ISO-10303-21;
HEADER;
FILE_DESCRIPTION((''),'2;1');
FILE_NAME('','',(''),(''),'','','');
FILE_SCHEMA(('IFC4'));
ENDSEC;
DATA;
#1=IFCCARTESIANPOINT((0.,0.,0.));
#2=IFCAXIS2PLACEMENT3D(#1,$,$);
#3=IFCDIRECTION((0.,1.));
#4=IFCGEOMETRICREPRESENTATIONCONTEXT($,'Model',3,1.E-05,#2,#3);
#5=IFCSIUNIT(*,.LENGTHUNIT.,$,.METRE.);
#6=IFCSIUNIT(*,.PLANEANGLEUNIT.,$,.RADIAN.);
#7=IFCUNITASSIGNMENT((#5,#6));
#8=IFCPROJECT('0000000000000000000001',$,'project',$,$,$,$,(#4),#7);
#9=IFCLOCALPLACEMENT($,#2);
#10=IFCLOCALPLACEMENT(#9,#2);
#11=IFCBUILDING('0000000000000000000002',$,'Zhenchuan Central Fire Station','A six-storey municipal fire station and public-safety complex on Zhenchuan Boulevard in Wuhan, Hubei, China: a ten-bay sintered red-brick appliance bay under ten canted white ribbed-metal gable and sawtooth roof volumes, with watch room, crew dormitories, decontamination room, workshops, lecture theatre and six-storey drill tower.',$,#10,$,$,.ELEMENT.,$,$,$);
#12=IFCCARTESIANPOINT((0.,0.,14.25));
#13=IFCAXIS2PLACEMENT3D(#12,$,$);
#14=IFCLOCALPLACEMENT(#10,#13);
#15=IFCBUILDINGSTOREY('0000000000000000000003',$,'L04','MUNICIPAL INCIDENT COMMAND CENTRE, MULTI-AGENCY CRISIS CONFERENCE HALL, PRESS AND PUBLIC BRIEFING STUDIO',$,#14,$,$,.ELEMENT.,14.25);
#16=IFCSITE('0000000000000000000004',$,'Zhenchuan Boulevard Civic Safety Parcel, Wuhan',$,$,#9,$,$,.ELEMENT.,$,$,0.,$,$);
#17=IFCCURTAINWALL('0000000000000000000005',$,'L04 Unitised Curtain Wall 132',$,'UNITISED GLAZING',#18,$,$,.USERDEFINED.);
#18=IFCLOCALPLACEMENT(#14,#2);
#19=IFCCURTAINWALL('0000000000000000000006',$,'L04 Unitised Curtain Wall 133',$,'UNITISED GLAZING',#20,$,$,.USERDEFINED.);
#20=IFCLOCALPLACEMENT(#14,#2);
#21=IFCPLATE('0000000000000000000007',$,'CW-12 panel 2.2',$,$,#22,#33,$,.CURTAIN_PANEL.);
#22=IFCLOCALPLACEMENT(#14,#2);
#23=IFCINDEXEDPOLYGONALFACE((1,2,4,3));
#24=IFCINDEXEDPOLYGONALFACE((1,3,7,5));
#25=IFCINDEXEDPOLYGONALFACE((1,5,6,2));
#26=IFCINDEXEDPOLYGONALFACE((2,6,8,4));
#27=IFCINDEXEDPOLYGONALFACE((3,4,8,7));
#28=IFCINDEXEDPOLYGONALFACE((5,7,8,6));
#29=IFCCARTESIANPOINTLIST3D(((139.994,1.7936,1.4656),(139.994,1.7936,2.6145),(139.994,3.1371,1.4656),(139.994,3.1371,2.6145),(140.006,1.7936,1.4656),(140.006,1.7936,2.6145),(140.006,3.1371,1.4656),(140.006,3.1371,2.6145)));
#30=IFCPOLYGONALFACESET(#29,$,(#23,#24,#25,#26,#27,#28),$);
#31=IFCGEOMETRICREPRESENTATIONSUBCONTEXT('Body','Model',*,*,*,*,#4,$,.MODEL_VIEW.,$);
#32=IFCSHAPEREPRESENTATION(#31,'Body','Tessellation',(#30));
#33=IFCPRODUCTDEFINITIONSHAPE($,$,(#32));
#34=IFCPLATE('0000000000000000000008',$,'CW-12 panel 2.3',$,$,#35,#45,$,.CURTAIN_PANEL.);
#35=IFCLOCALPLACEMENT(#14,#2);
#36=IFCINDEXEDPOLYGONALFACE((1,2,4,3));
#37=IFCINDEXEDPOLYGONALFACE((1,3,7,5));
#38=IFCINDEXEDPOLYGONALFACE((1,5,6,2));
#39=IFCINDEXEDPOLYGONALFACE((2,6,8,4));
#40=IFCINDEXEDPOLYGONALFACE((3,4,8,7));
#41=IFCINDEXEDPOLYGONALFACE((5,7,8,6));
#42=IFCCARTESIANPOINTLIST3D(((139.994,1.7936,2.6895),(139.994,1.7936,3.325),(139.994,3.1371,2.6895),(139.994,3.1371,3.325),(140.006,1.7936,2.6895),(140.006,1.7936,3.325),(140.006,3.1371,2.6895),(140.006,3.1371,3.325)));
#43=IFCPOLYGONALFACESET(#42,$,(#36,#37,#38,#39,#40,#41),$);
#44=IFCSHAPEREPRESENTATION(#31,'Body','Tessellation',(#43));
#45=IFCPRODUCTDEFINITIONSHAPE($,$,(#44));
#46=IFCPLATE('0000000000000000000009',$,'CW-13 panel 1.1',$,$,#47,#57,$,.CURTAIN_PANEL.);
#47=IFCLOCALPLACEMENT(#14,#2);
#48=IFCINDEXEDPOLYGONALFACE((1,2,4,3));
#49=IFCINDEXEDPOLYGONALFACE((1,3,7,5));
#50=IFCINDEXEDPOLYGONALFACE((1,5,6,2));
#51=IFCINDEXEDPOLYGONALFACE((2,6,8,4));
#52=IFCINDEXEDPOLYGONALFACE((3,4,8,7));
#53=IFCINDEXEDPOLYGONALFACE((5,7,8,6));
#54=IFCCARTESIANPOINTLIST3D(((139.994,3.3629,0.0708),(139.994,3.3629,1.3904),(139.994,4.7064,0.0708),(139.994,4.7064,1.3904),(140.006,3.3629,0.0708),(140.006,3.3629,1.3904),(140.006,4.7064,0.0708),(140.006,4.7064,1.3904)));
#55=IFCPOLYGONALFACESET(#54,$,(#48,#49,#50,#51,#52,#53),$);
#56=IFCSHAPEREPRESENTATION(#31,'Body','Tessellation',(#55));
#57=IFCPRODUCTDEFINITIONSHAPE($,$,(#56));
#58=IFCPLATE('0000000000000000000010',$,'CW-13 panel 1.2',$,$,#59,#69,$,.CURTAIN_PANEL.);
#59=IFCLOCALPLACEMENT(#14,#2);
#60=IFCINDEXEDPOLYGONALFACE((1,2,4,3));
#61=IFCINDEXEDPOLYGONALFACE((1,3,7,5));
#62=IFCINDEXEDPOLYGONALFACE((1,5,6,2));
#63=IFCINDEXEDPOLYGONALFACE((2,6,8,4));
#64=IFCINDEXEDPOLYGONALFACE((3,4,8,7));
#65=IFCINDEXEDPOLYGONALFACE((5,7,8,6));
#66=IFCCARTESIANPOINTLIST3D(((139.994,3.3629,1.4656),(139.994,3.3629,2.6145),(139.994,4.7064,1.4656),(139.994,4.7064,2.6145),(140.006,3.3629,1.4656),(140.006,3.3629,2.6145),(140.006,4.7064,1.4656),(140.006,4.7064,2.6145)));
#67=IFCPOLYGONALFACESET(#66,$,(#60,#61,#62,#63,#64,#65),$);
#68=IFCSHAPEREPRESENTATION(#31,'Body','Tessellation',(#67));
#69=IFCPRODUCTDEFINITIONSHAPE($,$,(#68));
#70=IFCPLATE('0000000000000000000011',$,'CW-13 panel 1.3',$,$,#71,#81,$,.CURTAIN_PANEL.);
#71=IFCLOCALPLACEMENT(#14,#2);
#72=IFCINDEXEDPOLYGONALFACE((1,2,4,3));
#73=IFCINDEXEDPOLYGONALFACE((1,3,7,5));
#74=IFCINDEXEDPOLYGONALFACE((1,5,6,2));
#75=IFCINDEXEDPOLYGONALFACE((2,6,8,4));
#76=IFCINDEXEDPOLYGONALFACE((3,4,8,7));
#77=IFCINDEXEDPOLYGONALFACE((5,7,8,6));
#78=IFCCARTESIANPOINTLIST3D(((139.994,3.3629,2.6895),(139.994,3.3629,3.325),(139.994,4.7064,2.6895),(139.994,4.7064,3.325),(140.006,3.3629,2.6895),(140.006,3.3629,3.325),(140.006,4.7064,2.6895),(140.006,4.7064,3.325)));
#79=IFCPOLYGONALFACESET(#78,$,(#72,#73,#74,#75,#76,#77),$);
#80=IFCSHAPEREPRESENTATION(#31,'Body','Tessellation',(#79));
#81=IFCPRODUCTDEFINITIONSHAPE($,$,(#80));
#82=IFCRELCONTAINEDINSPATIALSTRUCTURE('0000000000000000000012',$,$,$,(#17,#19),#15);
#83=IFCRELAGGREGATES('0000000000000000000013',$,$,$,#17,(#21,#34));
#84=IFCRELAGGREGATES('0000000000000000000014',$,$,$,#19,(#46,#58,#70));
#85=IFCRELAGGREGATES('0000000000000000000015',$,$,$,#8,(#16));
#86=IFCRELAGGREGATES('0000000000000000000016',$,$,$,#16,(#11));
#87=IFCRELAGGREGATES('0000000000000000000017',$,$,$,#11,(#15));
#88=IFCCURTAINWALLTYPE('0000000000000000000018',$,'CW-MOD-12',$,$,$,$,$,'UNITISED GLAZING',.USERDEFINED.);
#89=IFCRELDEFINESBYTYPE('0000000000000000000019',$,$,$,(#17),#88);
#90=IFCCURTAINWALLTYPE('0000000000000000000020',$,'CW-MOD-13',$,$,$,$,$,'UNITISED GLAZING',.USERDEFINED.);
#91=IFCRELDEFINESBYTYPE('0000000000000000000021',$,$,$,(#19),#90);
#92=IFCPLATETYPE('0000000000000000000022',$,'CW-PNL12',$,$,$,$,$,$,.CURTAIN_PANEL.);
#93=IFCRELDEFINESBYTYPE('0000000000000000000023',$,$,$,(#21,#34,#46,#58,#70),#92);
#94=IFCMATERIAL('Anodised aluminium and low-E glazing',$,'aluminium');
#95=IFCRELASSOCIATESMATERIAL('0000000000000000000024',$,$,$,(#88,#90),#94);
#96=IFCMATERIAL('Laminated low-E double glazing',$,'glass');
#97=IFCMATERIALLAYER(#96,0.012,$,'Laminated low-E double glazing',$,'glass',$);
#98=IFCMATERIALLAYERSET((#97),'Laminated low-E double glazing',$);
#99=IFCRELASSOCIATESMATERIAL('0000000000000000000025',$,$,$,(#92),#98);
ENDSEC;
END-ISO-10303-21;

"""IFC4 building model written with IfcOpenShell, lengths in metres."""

from ifc_helpers import new_model, si_unit, direction, frame, origin, origin_2d, place, context, subcontext, project, spatial, rectangle, extrude, material, layer, layer_set, type_object, element, aggregate, save


model = new_model("IFC4")

# Units and contexts
model_context = context("Model", 3, precision=1e-05, world=origin(), true_north=direction((0.0, 1.0)))
body_context = subcontext(model_context, "Body", "Model", "MODEL_VIEW")
ifc_project = project(units=[si_unit("LENGTHUNIT", "METRE"), si_unit("PLANEANGLEUNIT", "RADIAN")], contexts=[model_context])

# Site, building, storey
site_placement = place(None, origin())
site = spatial("IfcSite", under=ifc_project, at=site_placement, Name="Zhenchuan Boulevard Civic Safety Parcel, Wuhan", CompositionType="ELEMENT", RefElevation=0.0)
building_placement = place(site_placement, origin())
building = spatial("IfcBuilding", under=site, at=building_placement, Name="Zhenchuan Central Fire Station", Description="A six-storey municipal fire station and public-safety complex on Zhenchuan Boulevard in Wuhan, Hubei, China: a ten-bay sintered red-brick appliance bay under ten canted white ribbed-metal gable and sawtooth roof volumes, with watch room, crew dormitories, decontamination room, workshops, lecture theatre and six-storey drill tower.", CompositionType="ELEMENT")
storey_placement = place(building_placement, frame((0.0, 0.0, 14.25)))
storey = spatial("IfcBuildingStorey", under=building, at=storey_placement, Name="L04", Description="MUNICIPAL INCIDENT COMMAND CENTRE, MULTI-AGENCY CRISIS CONFERENCE HALL, PRESS AND PUBLIC BRIEFING STUDIO", CompositionType="ELEMENT", Elevation=14.25)

# Curtain wall
ifc_material_1 = material(Name="Anodised aluminium and low-E glazing", Category="aluminium")
curtain_wall_type_1 = type_object("IfcCurtainWallType", Name="CW-MOD-12", ElementType="UNITISED GLAZING", PredefinedType="USERDEFINED", material=ifc_material_1)
curtain_wall_1_placement = place(storey_placement, origin())
curtain_wall_1 = element("IfcCurtainWall", 1, at=curtain_wall_1_placement, inside=storey, type_object=curtain_wall_type_1, Name="L04 Unitised Curtain Wall 132", ObjectType="UNITISED GLAZING", PredefinedType="USERDEFINED")

# Curtain wall
curtain_wall_type_2 = type_object("IfcCurtainWallType", Name="CW-MOD-13", ElementType="UNITISED GLAZING", PredefinedType="USERDEFINED", material=ifc_material_1)
curtain_wall_2_placement = place(storey_placement, origin())
curtain_wall_2 = element("IfcCurtainWall", 2, at=curtain_wall_2_placement, inside=storey, type_object=curtain_wall_type_2, Name="L04 Unitised Curtain Wall 133", ObjectType="UNITISED GLAZING", PredefinedType="USERDEFINED")

# Plates
ifc_material_2 = material(Name="Laminated low-E double glazing", Category="glass")
ifc_layer = layer(ifc_material_2, 0.012, Name="Laminated low-E double glazing", Category="glass")
ifc_layer_set = layer_set([ifc_layer], Name="Laminated low-E double glazing")
plate_type = type_object("IfcPlateType", Name="CW-PNL12", PredefinedType="CURTAIN_PANEL", material=ifc_layer_set)
plate_1_placement = place(storey_placement, frame((140.0, 2.4653, 1.4656), z_axis=(0.0, 0.0, 1.0), x_axis=(0.0, 1.0, 0.0)))
plate_1 = element("IfcPlate", 3, at=plate_1_placement, type_object=plate_type, Name="CW-12 panel 2.2", PredefinedType="CURTAIN_PANEL", context=body_context, shape_type="SweptSolid", body=[
    extrude(rectangle(XDim=1.3435, YDim=0.012, at=origin_2d()), origin(), (0.0, 0.0, 1.0), 1.1489),
])
plate_2_placement = place(storey_placement, frame((140.0, 2.4653, 2.6895), z_axis=(0.0, 0.0, 1.0), x_axis=(0.0, 1.0, 0.0)))
plate_2 = element("IfcPlate", 4, at=plate_2_placement, type_object=plate_type, Name="CW-12 panel 2.3", PredefinedType="CURTAIN_PANEL", context=body_context, shape_type="SweptSolid", body=[
    extrude(rectangle(XDim=1.3435, YDim=0.012, at=origin_2d()), origin(), (0.0, 0.0, 1.0), 0.6355),
])
aggregate(curtain_wall_1, [plate_1, plate_2])
plate_3_placement = place(storey_placement, frame((140.0, 4.0347, 0.0708), z_axis=(0.0, 0.0, 1.0), x_axis=(0.0, 1.0, 0.0)))
plate_3 = element("IfcPlate", 5, at=plate_3_placement, type_object=plate_type, Name="CW-13 panel 1.1", PredefinedType="CURTAIN_PANEL", context=body_context, shape_type="SweptSolid", body=[
    extrude(rectangle(XDim=1.3435, YDim=0.012, at=origin_2d()), origin(), (0.0, 0.0, 1.0), 1.3196),
])
plate_4_placement = place(storey_placement, frame((140.0, 4.0347, 1.4656), z_axis=(0.0, 0.0, 1.0), x_axis=(0.0, 1.0, 0.0)))
plate_4 = element("IfcPlate", 6, at=plate_4_placement, type_object=plate_type, Name="CW-13 panel 1.2", PredefinedType="CURTAIN_PANEL", context=body_context, shape_type="SweptSolid", body=[
    extrude(rectangle(XDim=1.3435, YDim=0.012, at=origin_2d()), origin(), (0.0, 0.0, 1.0), 1.1489),
])
plate_5_placement = place(storey_placement, frame((140.0, 4.0347, 2.6895), z_axis=(0.0, 0.0, 1.0), x_axis=(0.0, 1.0, 0.0)))
plate_5 = element("IfcPlate", 7, at=plate_5_placement, type_object=plate_type, Name="CW-13 panel 1.3", PredefinedType="CURTAIN_PANEL", context=body_context, shape_type="SweptSolid", body=[
    extrude(rectangle(XDim=1.3435, YDim=0.012, at=origin_2d()), origin(), (0.0, 0.0, 1.0), 0.6355),
])
aggregate(curtain_wall_2, [plate_3, plate_4, plate_5])

save(model, "model.ifc")
